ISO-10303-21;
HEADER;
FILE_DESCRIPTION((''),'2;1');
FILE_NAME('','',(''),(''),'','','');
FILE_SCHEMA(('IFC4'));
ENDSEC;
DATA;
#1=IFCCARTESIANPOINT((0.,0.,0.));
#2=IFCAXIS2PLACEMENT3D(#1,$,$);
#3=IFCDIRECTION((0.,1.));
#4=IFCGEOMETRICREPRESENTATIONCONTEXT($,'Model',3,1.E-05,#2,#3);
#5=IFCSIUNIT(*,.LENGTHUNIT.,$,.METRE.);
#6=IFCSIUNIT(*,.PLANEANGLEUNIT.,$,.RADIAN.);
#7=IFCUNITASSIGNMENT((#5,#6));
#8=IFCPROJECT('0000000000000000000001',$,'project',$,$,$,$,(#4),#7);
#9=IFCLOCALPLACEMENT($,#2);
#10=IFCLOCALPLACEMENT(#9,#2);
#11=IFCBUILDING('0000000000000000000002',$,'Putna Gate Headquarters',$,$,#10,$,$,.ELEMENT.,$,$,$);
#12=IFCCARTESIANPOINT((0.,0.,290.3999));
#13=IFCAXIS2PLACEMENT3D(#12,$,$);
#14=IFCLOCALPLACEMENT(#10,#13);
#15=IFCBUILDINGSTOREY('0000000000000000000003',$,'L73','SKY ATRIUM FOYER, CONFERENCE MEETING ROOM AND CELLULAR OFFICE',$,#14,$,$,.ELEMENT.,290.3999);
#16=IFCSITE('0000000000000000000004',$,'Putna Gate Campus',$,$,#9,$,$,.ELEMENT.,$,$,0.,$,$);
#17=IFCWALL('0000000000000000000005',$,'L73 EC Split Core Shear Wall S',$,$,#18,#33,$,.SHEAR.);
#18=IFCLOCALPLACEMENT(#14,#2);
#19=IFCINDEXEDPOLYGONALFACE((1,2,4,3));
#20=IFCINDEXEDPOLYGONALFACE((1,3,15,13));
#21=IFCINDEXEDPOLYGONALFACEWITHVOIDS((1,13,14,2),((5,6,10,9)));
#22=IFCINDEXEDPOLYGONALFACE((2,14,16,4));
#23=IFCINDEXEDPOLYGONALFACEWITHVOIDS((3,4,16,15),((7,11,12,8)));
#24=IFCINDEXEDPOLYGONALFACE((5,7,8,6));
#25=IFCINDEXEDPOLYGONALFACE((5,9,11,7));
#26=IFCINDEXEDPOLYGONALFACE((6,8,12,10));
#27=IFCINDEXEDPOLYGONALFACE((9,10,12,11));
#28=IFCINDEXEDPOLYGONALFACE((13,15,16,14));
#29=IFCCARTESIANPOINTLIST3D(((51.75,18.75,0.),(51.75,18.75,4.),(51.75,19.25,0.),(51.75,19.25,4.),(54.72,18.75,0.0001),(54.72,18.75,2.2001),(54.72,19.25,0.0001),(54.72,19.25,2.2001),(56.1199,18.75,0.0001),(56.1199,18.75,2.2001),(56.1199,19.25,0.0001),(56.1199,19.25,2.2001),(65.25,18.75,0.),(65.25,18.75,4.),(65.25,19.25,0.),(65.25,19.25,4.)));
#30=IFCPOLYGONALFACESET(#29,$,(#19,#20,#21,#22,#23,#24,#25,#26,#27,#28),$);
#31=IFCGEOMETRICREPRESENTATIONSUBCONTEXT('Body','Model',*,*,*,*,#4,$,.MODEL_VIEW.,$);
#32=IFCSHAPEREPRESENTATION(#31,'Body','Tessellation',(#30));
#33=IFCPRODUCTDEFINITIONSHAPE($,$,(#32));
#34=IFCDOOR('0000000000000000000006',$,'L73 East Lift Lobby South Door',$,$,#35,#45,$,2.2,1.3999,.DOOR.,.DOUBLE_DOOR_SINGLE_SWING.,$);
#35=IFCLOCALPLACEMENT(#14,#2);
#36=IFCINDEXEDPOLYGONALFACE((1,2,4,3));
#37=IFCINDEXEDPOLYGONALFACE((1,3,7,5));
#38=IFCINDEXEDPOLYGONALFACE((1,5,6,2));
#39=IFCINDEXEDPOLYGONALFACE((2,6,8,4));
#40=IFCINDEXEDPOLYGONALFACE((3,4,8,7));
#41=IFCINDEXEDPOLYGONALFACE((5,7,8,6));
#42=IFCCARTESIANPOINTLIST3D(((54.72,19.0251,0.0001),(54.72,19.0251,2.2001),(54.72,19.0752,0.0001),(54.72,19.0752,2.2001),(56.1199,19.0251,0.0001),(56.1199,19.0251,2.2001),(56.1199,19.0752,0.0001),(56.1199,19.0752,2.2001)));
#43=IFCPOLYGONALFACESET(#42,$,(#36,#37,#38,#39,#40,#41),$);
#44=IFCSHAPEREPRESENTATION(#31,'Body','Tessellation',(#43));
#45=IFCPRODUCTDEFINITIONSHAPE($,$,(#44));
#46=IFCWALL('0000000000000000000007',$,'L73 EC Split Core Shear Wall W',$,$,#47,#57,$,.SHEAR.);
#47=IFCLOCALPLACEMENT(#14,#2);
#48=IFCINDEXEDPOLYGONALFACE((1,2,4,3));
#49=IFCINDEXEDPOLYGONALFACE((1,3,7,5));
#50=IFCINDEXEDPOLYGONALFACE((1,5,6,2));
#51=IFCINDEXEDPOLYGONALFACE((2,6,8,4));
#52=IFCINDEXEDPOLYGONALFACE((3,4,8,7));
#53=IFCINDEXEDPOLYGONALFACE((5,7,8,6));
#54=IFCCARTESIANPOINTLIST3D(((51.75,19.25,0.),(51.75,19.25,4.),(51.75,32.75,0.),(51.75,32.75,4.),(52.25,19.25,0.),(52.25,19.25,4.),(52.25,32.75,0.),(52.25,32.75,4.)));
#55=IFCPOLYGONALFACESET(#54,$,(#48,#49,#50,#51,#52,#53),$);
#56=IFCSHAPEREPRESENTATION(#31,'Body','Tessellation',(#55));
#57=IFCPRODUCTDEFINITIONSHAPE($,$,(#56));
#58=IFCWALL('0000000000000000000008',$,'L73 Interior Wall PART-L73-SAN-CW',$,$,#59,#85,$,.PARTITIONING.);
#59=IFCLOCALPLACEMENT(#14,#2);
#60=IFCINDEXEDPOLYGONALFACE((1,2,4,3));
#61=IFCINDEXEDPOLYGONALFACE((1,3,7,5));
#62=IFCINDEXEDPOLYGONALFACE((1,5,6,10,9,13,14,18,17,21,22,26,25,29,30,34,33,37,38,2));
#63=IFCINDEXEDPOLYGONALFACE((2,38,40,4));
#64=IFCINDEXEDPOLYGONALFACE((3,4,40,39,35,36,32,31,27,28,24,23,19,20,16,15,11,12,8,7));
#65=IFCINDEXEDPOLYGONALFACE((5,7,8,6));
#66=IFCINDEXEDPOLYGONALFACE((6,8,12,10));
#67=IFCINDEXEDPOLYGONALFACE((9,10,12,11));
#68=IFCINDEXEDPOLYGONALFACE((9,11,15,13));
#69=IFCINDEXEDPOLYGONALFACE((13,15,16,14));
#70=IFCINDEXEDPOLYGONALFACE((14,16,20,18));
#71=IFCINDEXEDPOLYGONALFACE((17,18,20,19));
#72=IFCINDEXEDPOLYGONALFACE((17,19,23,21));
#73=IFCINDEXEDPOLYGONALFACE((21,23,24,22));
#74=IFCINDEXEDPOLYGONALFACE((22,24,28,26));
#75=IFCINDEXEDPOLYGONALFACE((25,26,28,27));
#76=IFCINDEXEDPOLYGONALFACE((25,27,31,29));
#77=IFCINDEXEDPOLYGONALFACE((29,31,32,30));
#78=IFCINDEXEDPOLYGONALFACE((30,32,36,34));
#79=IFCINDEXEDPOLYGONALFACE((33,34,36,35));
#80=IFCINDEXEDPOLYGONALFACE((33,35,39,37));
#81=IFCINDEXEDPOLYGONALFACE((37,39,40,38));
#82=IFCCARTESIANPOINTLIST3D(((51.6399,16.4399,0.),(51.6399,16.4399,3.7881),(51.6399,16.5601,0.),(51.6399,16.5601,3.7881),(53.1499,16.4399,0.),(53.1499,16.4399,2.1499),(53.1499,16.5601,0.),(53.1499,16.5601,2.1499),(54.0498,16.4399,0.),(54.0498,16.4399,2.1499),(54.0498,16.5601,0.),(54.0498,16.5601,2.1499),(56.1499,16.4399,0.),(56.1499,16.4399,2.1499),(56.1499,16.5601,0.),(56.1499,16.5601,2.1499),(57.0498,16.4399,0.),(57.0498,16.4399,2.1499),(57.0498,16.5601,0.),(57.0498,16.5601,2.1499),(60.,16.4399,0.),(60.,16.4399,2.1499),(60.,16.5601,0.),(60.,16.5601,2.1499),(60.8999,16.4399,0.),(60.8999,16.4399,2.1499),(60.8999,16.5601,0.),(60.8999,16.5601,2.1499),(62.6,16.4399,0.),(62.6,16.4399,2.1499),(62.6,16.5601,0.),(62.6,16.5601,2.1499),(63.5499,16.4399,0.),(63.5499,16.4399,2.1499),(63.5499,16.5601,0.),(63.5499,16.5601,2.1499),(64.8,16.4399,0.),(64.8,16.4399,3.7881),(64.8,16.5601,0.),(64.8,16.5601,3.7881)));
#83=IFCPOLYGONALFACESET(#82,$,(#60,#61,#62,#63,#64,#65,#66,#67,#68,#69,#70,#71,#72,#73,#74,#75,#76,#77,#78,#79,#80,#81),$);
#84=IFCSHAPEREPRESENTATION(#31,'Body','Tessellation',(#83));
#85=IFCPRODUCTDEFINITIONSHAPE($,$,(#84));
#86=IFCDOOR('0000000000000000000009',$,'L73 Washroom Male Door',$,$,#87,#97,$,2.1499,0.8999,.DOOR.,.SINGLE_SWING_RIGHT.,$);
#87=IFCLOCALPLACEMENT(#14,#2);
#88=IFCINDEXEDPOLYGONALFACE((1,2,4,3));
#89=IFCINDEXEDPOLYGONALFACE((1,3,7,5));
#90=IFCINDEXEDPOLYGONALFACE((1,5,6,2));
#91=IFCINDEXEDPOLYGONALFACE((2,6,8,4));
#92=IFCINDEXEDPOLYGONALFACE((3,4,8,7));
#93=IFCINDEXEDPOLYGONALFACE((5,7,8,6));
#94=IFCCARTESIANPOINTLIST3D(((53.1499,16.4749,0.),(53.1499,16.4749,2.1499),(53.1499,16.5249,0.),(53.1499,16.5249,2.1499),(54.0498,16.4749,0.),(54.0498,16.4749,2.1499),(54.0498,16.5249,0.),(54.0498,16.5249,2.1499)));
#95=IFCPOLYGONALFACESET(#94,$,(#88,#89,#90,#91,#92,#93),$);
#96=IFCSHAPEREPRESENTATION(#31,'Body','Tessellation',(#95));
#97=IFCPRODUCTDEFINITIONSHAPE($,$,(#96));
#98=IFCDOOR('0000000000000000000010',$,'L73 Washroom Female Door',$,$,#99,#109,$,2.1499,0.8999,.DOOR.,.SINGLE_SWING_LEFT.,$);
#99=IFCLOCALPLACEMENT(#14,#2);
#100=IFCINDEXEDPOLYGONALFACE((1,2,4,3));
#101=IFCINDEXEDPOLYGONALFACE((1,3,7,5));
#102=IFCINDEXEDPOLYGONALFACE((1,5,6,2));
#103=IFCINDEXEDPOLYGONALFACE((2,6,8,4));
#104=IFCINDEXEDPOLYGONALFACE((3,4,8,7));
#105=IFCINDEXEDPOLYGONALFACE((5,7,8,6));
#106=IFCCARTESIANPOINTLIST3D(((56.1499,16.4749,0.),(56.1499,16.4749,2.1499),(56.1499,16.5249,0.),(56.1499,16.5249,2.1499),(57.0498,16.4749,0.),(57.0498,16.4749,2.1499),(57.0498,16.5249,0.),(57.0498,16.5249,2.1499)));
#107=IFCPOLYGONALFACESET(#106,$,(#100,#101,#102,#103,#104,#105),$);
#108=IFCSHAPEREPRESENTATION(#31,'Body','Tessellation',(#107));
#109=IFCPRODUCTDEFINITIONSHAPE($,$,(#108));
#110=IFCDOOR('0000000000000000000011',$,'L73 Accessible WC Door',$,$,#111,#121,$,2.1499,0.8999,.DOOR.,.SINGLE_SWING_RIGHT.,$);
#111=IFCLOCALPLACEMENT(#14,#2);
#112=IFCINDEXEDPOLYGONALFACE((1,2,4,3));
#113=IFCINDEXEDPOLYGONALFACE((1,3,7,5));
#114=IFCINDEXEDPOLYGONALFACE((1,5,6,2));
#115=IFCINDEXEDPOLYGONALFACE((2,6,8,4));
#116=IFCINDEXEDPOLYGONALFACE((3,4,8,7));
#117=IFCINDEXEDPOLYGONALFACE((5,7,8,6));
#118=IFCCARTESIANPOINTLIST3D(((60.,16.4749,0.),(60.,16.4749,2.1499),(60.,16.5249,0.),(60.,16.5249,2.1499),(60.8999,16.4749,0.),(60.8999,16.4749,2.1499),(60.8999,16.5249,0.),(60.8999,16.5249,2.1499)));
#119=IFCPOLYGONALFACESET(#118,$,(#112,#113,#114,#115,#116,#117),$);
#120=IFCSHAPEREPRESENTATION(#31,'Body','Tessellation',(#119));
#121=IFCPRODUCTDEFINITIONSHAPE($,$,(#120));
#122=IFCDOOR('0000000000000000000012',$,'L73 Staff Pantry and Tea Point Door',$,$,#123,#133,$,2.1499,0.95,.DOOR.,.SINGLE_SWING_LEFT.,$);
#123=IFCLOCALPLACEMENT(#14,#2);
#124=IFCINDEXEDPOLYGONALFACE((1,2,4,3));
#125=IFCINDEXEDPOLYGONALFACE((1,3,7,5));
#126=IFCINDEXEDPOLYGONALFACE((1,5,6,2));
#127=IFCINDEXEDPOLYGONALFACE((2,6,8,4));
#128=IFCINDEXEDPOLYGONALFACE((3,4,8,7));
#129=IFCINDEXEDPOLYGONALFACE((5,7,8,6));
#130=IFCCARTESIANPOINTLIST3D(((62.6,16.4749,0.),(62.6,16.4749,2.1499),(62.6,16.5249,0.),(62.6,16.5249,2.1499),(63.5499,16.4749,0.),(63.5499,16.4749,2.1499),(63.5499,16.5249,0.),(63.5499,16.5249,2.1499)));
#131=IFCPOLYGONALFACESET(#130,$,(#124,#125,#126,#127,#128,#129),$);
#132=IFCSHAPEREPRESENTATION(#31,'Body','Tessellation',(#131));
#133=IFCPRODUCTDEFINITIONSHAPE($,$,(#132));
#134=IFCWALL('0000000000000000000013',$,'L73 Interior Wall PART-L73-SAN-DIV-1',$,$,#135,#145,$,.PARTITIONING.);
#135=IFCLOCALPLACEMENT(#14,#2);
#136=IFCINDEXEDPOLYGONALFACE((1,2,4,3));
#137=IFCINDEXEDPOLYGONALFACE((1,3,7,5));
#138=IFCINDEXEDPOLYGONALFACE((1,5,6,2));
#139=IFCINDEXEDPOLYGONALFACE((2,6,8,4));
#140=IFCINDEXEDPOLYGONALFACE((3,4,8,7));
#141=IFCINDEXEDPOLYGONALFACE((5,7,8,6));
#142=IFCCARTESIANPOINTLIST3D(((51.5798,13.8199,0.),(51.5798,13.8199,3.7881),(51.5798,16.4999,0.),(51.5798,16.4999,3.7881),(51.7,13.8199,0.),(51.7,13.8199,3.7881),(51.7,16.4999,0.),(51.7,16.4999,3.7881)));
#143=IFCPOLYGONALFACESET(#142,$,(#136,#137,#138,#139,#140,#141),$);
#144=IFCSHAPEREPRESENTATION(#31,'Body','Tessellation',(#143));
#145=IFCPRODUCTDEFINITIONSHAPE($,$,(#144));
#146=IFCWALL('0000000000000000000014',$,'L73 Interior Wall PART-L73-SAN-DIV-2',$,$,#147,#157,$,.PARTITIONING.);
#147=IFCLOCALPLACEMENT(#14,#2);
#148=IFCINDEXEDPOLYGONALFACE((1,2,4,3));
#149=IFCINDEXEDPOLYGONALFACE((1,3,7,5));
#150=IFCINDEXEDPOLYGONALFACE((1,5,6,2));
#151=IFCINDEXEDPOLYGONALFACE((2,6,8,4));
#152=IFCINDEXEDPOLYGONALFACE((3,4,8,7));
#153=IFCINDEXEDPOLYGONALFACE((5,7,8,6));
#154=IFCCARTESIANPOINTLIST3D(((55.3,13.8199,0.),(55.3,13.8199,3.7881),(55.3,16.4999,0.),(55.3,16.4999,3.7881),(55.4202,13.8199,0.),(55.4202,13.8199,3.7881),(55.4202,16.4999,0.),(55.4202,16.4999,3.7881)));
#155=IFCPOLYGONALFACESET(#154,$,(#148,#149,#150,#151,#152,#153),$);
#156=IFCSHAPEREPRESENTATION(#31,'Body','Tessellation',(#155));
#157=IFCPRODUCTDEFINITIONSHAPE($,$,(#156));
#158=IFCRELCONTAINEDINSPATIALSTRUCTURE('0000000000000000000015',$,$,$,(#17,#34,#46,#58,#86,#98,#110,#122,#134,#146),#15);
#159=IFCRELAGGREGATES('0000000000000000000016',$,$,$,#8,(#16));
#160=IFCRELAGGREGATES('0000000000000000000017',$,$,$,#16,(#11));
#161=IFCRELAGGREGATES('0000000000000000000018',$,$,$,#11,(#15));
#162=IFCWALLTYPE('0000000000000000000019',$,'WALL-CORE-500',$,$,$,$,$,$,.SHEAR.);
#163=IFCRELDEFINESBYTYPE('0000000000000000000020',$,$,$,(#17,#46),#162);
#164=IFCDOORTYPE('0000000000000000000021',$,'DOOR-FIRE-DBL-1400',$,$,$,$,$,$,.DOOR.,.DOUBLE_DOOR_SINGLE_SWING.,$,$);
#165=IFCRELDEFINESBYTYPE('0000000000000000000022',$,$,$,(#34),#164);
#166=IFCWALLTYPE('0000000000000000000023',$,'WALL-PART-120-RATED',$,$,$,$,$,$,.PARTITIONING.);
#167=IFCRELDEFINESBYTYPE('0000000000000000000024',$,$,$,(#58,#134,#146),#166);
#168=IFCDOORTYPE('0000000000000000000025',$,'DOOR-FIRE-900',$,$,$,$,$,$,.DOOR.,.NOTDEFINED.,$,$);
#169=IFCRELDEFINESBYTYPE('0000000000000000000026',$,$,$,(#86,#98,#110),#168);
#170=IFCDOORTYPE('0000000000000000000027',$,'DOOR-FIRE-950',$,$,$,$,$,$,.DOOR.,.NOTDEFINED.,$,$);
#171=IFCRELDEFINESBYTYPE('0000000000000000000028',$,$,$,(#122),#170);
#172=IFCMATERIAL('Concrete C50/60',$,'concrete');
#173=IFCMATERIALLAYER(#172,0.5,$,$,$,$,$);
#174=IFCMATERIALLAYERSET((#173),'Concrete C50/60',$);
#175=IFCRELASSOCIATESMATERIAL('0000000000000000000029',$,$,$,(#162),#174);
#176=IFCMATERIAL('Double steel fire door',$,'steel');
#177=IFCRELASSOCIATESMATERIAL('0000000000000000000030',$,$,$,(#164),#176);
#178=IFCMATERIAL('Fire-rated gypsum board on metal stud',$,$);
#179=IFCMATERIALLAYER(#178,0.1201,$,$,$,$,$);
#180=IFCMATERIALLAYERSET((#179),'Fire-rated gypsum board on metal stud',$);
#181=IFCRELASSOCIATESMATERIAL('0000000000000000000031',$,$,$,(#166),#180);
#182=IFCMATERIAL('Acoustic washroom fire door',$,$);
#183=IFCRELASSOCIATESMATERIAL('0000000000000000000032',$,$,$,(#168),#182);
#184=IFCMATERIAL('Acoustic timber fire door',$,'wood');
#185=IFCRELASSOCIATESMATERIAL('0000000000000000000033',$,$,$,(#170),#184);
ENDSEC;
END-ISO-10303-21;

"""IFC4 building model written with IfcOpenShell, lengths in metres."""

from ifc_helpers import new_model, si_unit, direction, frame, frame_2d, origin, place, context, subcontext, project, spatial, rectangle, extrude, material, layer, layer_set, type_object, element, fill, save


model = new_model("IFC4")

# Units and contexts
model_context = context("Model", 3, precision=1e-05, world=origin(), true_north=direction((0.0, 1.0)))
body_context = subcontext(model_context, "Body", "Model", "MODEL_VIEW")
ifc_project = project(units=[si_unit("LENGTHUNIT", "METRE"), si_unit("PLANEANGLEUNIT", "RADIAN")], contexts=[model_context])

# Site, building, storey
site_placement = place(None, origin())
site = spatial("IfcSite", under=ifc_project, at=site_placement, Name="Putna Gate Campus", CompositionType="ELEMENT", RefElevation=0.0)
building_placement = place(site_placement, origin())
building = spatial("IfcBuilding", under=site, at=building_placement, Name="Putna Gate Headquarters", CompositionType="ELEMENT")
storey_placement = place(building_placement, frame((0.0, 0.0, 290.3999)))
storey = spatial("IfcBuildingStorey", under=building, at=storey_placement, Name="L73", Description="SKY ATRIUM FOYER, CONFERENCE MEETING ROOM AND CELLULAR OFFICE", CompositionType="ELEMENT", Elevation=290.3999)

# Wall, opening, door
ifc_material_1 = material(Name="Concrete C50/60", Category="concrete")
ifc_layer_1 = layer(ifc_material_1, 0.5)
ifc_layer_set_1 = layer_set([ifc_layer_1], Name="Concrete C50/60")
wall_type_1 = type_object("IfcWallType", Name="WALL-CORE-500", PredefinedType="SHEAR", material=ifc_layer_set_1)
wall_1_placement = place(storey_placement, frame((51.75, 19.0, 0.0), z_axis=(0.0, 0.0, 1.0), x_axis=(1.0, 0.0, 0.0)))
wall_1 = element("IfcWall", 1, at=wall_1_placement, inside=storey, type_object=wall_type_1, Name="L73 EC Split Core Shear Wall S", PredefinedType="SHEAR", context=body_context, shape_type="SweptSolid", body=[
    extrude(rectangle(XDim=13.5, YDim=0.5, at=frame_2d((6.75, 0.0))), origin(), (0.0, 0.0, 1.0), 4.0),
])
opening_1_placement = place(wall_1_placement, frame((2.97, 0.0, 0.0)))
opening_1 = element("IfcOpeningElement", 2, at=opening_1_placement, cuts=wall_1, PredefinedType="OPENING", context=body_context, shape_type="SweptSolid", body=[
    extrude(rectangle(XDim=1.3999, YDim=2.2, at=frame_2d((0.7, 1.1001))), frame((0.0, 0.26, 0.0), z_axis=(0.0, -1.0, 0.0), x_axis=(1.0, 0.0, 0.0)), (0.0, 0.0, 1.0), 0.52),
])
ifc_material_2 = material(Name="Double steel fire door", Category="steel")
door_type_1 = type_object("IfcDoorType", Name="DOOR-FIRE-DBL-1400", OperationType="DOUBLE_DOOR_SINGLE_SWING", PredefinedType="DOOR", material=ifc_material_2)
door_1_placement = place(opening_1_placement, origin())
door_1 = element("IfcDoor", 3, at=door_1_placement, inside=storey, type_object=door_type_1, Name="L73 East Lift Lobby South Door", OperationType="DOUBLE_DOOR_SINGLE_SWING", OverallHeight=2.2, OverallWidth=1.3999, PredefinedType="DOOR", context=body_context, shape_type="SweptSolid", body=[
    extrude(rectangle(XDim=1.3999, YDim=2.2, at=frame_2d((0.7, 1.1001))), frame((0.0, 0.0752, 0.0), z_axis=(0.0, -1.0, 0.0), x_axis=(1.0, 0.0, 0.0)), (0.0, 0.0, 1.0), 0.05),
])
fill(opening_1, door_1)

# Wall
wall_2_placement = place(storey_placement, frame((52.0, 19.25, 0.0), z_axis=(0.0, 0.0, 1.0), x_axis=(0.0, 1.0, 0.0)))
element("IfcWall", 4, at=wall_2_placement, inside=storey, type_object=wall_type_1, Name="L73 EC Split Core Shear Wall W", PredefinedType="SHEAR", context=body_context, shape_type="SweptSolid", body=[
    extrude(rectangle(XDim=13.5, YDim=0.5, at=frame_2d((6.75, 0.0))), origin(), (0.0, 0.0, 1.0), 4.0),
])

# Wall, openings, doors
ifc_material_3 = material(Name="Fire-rated gypsum board on metal stud")
ifc_layer_2 = layer(ifc_material_3, 0.1201)
ifc_layer_set_2 = layer_set([ifc_layer_2], Name="Fire-rated gypsum board on metal stud")
wall_type_2 = type_object("IfcWallType", Name="WALL-PART-120-RATED", PredefinedType="PARTITIONING", material=ifc_layer_set_2)
wall_3_placement = place(storey_placement, frame((51.6399, 16.5, 0.0), z_axis=(0.0, 0.0, 1.0), x_axis=(1.0, 0.0, 0.0)))
wall_3 = element("IfcWall", 5, at=wall_3_placement, inside=storey, type_object=wall_type_2, Name="L73 Interior Wall PART-L73-SAN-CW", PredefinedType="PARTITIONING", context=body_context, shape_type="SweptSolid", body=[
    extrude(rectangle(XDim=13.1602, YDim=0.1201, at=frame_2d((6.5801, 0.0))), origin(), (0.0, 0.0, 1.0), 3.7881),
])
opening_2_placement = place(wall_3_placement, frame((1.51, 0.0, 0.0)))
opening_2 = element("IfcOpeningElement", 6, at=opening_2_placement, cuts=wall_3, PredefinedType="OPENING", context=body_context, shape_type="SweptSolid", body=[
    extrude(rectangle(XDim=0.8999, YDim=2.1499, at=frame_2d((0.45, 1.075))), frame((0.0, 0.0701, 0.0), z_axis=(0.0, -1.0, 0.0), x_axis=(1.0, 0.0, 0.0)), (0.0, 0.0, 1.0), 0.1401),
])
opening_3_placement = place(wall_3_placement, frame((4.51, 0.0, 0.0)))
opening_3 = element("IfcOpeningElement", 7, at=opening_3_placement, cuts=wall_3, PredefinedType="OPENING", context=body_context, shape_type="SweptSolid", body=[
    extrude(rectangle(XDim=0.8999, YDim=2.1499, at=frame_2d((0.45, 1.075))), frame((0.0, 0.0701, 0.0), z_axis=(0.0, -1.0, 0.0), x_axis=(1.0, 0.0, 0.0)), (0.0, 0.0, 1.0), 0.1401),
])
opening_4_placement = place(wall_3_placement, frame((8.3601, 0.0, 0.0)))
opening_4 = element("IfcOpeningElement", 8, at=opening_4_placement, cuts=wall_3, PredefinedType="OPENING", context=body_context, shape_type="SweptSolid", body=[
    extrude(rectangle(XDim=0.8999, YDim=2.1499, at=frame_2d((0.45, 1.075))), frame((0.0, 0.0701, 0.0), z_axis=(0.0, -1.0, 0.0), x_axis=(1.0, 0.0, 0.0)), (0.0, 0.0, 1.0), 0.1401),
])
opening_5_placement = place(wall_3_placement, frame((10.96, 0.0, 0.0)))
opening_5 = element("IfcOpeningElement", 9, at=opening_5_placement, cuts=wall_3, PredefinedType="OPENING", context=body_context, shape_type="SweptSolid", body=[
    extrude(rectangle(XDim=0.95, YDim=2.1499, at=frame_2d((0.4751, 1.075))), frame((0.0, 0.0701, 0.0), z_axis=(0.0, -1.0, 0.0), x_axis=(1.0, 0.0, 0.0)), (0.0, 0.0, 1.0), 0.1401),
])
ifc_material_4 = material(Name="Acoustic washroom fire door")
door_type_2 = type_object("IfcDoorType", Name="DOOR-FIRE-900", OperationType="NOTDEFINED", PredefinedType="DOOR", material=ifc_material_4)
door_2_placement = place(opening_2_placement, origin())
door_2 = element("IfcDoor", 10, at=door_2_placement, inside=storey, type_object=door_type_2, Name="L73 Washroom Male Door", OperationType="SINGLE_SWING_RIGHT", OverallHeight=2.1499, OverallWidth=0.8999, PredefinedType="DOOR", context=body_context, shape_type="SweptSolid", body=[
    extrude(rectangle(XDim=0.8999, YDim=2.1499, at=frame_2d((0.45, 1.075))), frame((0.0, 0.0249, 0.0), z_axis=(0.0, -1.0, 0.0), x_axis=(1.0, 0.0, 0.0)), (0.0, 0.0, 1.0), 0.05),
])
fill(opening_2, door_2)
door_3_placement = place(opening_3_placement, origin())
door_3 = element("IfcDoor", 11, at=door_3_placement, inside=storey, type_object=door_type_2, Name="L73 Washroom Female Door", OperationType="SINGLE_SWING_LEFT", OverallHeight=2.1499, OverallWidth=0.8999, PredefinedType="DOOR", context=body_context, shape_type="SweptSolid", body=[
    extrude(rectangle(XDim=0.8999, YDim=2.1499, at=frame_2d((0.45, 1.075))), frame((0.0, 0.0249, 0.0), z_axis=(0.0, -1.0, 0.0), x_axis=(1.0, 0.0, 0.0)), (0.0, 0.0, 1.0), 0.05),
])
fill(opening_3, door_3)
door_4_placement = place(opening_4_placement, origin())
door_4 = element("IfcDoor", 12, at=door_4_placement, inside=storey, type_object=door_type_2, Name="L73 Accessible WC Door", OperationType="SINGLE_SWING_RIGHT", OverallHeight=2.1499, OverallWidth=0.8999, PredefinedType="DOOR", context=body_context, shape_type="SweptSolid", body=[
    extrude(rectangle(XDim=0.8999, YDim=2.1499, at=frame_2d((0.45, 1.075))), frame((0.0, 0.0249, 0.0), z_axis=(0.0, -1.0, 0.0), x_axis=(1.0, 0.0, 0.0)), (0.0, 0.0, 1.0), 0.05),
])
fill(opening_4, door_4)
ifc_material_5 = material(Name="Acoustic timber fire door", Category="wood")
door_type_3 = type_object("IfcDoorType", Name="DOOR-FIRE-950", OperationType="NOTDEFINED", PredefinedType="DOOR", material=ifc_material_5)
door_5_placement = place(opening_5_placement, origin())
door_5 = element("IfcDoor", 13, at=door_5_placement, inside=storey, type_object=door_type_3, Name="L73 Staff Pantry and Tea Point Door", OperationType="SINGLE_SWING_LEFT", OverallHeight=2.1499, OverallWidth=0.95, PredefinedType="DOOR", context=body_context, shape_type="SweptSolid", body=[
    extrude(rectangle(XDim=0.95, YDim=2.1499, at=frame_2d((0.4751, 1.075))), frame((0.0, 0.0249, 0.0), z_axis=(0.0, -1.0, 0.0), x_axis=(1.0, 0.0, 0.0)), (0.0, 0.0, 1.0), 0.05),
])
fill(opening_5, door_5)

# Walls
for number, where, z_axis, x_axis, name in (
    (14, (51.6399, 13.8201, 0.0), (0.0, 0.0, 1.0), (0.0, 1.0, 0.0), "L73 Interior Wall PART-L73-SAN-DIV-1"),
    (15, (55.3601, 13.8201, 0.0), (0.0, 0.0, 1.0), (0.0, 1.0, 0.0), "L73 Interior Wall PART-L73-SAN-DIV-2"),
):
    element("IfcWall", number, at=place(storey_placement, frame(where, z_axis=z_axis, x_axis=x_axis)), inside=storey, type_object=wall_type_2, Name=name, PredefinedType="PARTITIONING", context=body_context, shape_type="SweptSolid", body=[
        extrude(rectangle(XDim=2.6799, YDim=0.1201, at=frame_2d((1.3398, 0.0))), origin(), (0.0, 0.0, 1.0), 3.7881),
    ])

save(model, "model.ifc")
